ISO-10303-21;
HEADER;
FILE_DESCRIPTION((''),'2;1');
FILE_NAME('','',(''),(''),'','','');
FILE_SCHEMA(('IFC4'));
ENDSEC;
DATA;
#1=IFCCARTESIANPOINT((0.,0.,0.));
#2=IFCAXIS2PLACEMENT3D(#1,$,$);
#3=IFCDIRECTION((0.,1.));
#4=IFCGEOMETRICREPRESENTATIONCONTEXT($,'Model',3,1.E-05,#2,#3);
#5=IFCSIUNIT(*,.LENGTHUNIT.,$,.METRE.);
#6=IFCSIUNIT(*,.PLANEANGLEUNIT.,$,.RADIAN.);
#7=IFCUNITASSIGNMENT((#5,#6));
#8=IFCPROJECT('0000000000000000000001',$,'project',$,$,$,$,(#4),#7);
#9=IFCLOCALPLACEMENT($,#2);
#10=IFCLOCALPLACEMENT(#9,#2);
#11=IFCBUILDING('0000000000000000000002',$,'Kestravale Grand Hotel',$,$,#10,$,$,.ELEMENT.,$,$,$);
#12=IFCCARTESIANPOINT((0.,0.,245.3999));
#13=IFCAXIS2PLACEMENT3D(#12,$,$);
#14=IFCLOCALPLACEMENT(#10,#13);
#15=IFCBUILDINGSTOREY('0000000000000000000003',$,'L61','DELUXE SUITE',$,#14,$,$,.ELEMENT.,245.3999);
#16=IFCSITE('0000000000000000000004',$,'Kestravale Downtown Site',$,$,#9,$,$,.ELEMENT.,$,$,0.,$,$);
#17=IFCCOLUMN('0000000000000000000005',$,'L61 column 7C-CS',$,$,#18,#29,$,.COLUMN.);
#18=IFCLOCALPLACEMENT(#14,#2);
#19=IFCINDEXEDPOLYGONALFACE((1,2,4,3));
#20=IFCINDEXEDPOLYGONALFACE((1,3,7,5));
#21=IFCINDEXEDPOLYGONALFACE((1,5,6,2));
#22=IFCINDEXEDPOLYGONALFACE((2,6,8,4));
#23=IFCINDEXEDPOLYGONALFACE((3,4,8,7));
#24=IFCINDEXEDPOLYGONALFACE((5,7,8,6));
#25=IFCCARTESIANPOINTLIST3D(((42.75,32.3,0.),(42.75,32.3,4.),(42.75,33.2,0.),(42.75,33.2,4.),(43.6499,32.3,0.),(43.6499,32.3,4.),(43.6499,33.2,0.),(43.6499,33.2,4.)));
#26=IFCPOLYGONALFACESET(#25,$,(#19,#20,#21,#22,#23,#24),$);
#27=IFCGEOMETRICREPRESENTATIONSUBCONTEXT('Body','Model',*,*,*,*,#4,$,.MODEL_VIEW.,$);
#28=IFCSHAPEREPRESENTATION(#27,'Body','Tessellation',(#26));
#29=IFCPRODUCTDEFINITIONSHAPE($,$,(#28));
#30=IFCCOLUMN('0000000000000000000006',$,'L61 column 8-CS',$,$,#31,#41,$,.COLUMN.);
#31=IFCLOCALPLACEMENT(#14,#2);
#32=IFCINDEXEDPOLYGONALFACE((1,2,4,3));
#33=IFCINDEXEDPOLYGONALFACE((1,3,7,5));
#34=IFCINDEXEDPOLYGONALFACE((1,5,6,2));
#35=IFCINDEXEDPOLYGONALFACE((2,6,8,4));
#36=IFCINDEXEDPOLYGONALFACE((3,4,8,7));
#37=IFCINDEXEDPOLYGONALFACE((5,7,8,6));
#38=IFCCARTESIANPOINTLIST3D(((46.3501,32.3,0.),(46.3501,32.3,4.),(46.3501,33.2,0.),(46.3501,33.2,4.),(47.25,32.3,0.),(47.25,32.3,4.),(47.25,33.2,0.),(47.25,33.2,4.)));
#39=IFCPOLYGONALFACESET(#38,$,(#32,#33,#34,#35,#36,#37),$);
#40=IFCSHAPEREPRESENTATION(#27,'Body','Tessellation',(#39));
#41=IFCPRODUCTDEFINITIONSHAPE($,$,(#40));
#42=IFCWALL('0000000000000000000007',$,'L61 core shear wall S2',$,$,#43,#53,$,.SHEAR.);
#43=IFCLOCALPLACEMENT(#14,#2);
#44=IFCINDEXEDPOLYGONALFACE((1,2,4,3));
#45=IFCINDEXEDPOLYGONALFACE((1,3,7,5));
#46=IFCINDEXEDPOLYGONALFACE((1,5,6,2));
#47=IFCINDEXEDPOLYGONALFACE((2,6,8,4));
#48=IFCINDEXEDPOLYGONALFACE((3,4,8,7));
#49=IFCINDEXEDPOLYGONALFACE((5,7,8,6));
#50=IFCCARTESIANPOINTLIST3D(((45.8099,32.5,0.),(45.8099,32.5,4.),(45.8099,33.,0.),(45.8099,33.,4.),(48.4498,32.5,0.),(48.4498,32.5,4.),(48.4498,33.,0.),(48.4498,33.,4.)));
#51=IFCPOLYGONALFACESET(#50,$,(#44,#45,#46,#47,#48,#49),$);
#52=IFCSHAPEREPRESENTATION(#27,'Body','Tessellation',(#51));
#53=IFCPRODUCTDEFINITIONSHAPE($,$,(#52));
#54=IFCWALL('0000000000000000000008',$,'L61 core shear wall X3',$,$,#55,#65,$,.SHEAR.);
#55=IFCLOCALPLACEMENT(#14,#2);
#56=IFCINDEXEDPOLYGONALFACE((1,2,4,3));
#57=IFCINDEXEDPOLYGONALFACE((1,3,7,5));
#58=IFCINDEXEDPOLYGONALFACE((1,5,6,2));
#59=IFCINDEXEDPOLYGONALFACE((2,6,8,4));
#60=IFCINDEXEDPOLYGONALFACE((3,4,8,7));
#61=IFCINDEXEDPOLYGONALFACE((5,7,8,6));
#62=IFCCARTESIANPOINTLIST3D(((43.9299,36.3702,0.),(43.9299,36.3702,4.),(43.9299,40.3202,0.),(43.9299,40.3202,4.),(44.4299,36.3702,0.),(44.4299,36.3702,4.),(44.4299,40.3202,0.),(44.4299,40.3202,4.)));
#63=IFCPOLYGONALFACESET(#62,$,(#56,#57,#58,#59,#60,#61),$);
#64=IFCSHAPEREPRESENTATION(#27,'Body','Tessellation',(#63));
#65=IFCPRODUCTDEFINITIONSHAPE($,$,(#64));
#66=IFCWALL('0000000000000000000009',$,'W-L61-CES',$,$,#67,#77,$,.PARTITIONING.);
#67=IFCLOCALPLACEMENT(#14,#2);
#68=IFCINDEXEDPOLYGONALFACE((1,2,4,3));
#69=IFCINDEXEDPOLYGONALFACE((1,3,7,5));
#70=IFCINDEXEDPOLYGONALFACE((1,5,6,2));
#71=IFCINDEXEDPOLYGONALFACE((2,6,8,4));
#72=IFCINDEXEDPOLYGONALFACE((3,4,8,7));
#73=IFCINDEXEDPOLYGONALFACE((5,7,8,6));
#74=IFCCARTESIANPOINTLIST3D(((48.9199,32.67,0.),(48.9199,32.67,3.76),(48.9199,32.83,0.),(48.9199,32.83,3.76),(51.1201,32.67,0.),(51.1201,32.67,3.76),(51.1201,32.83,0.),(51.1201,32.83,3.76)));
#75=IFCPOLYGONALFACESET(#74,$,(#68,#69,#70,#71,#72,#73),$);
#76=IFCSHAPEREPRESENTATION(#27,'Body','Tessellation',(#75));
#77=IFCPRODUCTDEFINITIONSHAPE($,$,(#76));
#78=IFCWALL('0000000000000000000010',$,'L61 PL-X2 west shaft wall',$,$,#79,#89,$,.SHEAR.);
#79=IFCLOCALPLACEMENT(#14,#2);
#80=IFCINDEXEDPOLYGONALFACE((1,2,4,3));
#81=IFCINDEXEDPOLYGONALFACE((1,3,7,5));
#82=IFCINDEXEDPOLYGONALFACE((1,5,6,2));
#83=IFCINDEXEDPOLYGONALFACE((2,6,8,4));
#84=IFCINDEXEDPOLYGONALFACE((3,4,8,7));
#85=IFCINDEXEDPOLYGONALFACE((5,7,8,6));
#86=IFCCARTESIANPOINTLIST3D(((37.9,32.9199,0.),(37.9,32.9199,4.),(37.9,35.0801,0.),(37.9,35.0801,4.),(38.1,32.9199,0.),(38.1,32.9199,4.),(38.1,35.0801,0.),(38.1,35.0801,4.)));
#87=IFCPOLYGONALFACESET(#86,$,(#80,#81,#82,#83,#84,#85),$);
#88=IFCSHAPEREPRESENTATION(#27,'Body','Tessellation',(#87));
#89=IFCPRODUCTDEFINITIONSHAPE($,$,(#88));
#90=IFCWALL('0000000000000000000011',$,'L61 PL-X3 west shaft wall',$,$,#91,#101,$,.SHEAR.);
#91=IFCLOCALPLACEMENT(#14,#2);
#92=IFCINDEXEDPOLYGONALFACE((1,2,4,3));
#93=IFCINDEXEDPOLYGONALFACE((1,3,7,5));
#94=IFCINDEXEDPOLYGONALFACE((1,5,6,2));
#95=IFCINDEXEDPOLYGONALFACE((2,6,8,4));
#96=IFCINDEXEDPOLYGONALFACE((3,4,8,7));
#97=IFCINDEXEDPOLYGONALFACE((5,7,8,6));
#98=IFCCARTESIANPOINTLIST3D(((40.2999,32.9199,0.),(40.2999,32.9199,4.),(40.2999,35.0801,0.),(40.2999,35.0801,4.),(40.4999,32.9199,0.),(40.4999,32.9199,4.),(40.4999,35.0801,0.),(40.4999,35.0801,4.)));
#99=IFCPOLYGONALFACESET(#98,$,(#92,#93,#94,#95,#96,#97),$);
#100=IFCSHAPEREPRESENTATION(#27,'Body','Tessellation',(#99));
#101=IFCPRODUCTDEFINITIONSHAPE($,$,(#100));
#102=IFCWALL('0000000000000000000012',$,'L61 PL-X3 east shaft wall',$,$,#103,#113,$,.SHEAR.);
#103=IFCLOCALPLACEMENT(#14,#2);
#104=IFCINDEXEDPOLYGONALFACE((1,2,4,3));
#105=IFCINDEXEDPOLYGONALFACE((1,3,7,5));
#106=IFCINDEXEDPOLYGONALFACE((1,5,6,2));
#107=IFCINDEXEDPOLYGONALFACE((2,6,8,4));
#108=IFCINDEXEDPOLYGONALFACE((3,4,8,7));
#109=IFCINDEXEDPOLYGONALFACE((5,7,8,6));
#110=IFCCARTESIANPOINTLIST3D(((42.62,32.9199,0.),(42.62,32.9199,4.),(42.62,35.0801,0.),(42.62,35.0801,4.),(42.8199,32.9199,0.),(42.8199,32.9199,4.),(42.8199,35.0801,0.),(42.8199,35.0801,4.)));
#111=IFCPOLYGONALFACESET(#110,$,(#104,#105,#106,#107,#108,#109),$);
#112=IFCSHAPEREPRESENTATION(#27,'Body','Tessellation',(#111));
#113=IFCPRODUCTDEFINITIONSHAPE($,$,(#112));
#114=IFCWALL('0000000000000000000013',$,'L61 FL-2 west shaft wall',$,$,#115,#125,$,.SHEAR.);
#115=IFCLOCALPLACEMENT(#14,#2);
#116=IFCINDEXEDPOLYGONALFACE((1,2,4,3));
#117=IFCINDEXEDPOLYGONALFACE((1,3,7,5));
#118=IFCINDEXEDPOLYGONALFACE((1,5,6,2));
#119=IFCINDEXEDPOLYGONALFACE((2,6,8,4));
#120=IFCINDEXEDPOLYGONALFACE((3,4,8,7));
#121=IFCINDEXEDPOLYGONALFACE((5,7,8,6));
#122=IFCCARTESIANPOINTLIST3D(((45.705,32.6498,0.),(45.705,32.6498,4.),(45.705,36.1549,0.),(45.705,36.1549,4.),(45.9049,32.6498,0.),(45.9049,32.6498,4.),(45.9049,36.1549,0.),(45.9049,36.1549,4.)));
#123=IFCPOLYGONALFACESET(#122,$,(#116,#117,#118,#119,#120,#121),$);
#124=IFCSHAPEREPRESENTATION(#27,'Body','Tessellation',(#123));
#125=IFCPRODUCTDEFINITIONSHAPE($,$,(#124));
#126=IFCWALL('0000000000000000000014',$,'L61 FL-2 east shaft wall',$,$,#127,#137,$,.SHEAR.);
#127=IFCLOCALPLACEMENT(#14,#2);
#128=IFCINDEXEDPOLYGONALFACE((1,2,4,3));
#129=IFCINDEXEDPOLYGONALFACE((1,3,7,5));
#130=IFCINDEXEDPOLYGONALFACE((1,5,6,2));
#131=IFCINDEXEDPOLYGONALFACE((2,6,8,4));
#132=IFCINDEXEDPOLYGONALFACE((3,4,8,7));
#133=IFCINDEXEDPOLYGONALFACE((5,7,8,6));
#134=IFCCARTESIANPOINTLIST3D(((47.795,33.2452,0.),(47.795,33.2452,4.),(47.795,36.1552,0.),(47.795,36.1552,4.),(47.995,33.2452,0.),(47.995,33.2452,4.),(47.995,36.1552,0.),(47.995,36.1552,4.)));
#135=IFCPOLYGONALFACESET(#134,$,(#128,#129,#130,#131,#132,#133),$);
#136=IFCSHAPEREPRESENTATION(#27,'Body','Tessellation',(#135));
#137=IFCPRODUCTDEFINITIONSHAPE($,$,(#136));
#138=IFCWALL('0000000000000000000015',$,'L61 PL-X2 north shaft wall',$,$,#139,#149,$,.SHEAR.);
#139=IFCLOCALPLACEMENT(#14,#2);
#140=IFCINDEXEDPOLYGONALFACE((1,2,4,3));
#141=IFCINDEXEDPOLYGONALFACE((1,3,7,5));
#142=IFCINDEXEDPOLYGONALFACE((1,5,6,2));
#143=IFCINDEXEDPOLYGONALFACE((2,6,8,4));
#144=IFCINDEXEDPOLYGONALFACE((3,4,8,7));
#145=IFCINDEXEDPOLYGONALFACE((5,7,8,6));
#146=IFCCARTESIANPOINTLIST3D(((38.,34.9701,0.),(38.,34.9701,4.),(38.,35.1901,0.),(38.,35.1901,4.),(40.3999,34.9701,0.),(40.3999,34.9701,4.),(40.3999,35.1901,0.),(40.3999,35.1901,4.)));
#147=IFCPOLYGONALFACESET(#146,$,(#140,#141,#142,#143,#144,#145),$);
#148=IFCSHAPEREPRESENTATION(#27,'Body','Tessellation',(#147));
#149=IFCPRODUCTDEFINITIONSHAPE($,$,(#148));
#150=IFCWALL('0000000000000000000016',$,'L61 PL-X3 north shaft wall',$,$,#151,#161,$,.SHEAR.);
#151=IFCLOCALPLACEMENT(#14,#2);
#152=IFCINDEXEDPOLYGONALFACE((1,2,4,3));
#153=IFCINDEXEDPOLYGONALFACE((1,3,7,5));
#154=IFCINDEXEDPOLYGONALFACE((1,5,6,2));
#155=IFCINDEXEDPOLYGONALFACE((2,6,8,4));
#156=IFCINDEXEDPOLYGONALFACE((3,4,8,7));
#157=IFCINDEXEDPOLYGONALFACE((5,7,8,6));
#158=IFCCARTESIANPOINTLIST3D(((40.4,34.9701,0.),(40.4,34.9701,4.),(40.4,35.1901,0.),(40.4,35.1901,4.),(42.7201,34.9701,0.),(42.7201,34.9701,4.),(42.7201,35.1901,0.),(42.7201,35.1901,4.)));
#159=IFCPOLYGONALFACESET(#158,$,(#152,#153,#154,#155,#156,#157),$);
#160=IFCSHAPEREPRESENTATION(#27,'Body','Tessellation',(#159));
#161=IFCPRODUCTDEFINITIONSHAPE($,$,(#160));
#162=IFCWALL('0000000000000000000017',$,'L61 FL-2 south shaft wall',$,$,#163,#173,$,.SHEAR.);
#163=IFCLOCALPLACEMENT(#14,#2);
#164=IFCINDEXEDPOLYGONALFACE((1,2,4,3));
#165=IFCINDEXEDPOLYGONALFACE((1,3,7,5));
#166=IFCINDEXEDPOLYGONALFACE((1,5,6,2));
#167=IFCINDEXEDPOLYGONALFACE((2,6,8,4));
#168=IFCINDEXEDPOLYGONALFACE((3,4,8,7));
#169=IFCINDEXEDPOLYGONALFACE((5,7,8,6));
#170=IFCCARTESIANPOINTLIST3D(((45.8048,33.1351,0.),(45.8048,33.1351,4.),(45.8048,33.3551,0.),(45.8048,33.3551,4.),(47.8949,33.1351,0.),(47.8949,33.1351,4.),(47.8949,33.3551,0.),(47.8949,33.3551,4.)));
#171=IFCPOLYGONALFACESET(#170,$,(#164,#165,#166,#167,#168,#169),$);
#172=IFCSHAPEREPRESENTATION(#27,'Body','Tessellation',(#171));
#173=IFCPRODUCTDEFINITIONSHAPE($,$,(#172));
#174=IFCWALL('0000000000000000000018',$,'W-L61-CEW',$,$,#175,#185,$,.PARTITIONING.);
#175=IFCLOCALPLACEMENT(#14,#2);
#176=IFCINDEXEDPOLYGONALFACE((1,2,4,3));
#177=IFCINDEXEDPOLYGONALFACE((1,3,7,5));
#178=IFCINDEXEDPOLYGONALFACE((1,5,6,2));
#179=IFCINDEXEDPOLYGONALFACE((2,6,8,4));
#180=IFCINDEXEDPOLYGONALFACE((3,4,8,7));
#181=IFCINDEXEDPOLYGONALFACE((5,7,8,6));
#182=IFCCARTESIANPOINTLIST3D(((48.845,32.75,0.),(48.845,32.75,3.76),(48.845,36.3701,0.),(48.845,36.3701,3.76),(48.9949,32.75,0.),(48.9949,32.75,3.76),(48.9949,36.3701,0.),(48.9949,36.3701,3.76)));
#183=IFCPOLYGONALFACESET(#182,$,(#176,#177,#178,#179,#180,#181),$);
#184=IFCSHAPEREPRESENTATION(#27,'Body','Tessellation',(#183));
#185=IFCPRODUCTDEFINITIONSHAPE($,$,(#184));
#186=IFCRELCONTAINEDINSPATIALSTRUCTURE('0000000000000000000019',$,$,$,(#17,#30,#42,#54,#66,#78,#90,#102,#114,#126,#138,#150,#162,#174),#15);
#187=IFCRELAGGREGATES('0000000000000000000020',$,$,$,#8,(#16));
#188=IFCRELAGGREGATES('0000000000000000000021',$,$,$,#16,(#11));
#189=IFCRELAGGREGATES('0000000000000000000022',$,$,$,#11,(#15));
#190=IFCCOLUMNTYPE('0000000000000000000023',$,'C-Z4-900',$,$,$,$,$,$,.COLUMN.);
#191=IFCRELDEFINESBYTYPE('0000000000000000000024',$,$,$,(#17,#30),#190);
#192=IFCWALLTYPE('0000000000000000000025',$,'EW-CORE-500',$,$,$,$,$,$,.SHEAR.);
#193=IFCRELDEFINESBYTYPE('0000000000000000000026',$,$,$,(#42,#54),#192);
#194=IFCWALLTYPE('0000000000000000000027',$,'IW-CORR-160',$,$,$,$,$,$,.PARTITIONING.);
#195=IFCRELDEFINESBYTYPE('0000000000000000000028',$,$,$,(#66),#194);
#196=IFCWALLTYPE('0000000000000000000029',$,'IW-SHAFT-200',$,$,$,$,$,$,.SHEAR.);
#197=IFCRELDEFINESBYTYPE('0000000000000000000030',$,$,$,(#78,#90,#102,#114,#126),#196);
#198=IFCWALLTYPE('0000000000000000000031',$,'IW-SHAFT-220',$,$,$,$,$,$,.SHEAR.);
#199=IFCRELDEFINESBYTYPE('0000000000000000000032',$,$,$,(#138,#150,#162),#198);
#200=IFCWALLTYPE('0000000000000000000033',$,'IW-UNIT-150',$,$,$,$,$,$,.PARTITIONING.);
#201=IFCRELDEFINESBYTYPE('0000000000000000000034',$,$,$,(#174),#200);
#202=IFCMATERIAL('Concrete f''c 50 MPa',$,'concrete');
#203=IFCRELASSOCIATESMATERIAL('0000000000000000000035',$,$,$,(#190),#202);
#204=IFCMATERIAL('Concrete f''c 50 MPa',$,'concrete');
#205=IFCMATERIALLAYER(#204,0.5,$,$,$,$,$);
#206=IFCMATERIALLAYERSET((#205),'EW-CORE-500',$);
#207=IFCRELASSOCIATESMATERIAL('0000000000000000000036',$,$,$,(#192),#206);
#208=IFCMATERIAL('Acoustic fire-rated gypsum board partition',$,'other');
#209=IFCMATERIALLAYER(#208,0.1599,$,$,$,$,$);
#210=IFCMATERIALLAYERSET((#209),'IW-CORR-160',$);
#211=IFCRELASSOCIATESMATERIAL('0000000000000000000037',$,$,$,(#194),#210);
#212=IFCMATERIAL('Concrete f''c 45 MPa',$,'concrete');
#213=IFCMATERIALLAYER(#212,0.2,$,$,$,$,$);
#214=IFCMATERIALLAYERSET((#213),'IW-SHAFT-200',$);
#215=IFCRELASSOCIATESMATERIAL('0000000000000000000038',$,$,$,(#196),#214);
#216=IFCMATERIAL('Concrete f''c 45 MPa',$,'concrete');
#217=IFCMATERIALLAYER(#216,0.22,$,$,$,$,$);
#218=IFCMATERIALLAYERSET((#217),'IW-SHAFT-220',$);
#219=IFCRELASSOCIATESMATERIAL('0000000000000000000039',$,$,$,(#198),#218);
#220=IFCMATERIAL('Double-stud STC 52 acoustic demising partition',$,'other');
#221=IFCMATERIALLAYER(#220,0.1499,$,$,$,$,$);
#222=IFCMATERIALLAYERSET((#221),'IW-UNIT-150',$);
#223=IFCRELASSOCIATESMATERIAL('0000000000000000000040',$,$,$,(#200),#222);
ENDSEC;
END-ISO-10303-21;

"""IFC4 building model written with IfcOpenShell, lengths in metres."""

from ifc_helpers import new_model, si_unit, direction, frame, frame_2d, origin, origin_2d, place, context, subcontext, project, spatial, rectangle, extrude, material, layer, layer_set, material_profile, profile_set, type_object, element, save


model = new_model("IFC4")

# Units and contexts
model_context = context("Model", 3, precision=1e-05, world=origin(), true_north=direction((0.0, 1.0)))
body_context = subcontext(model_context, "Body", "Model", "MODEL_VIEW")
ifc_project = project(units=[si_unit("LENGTHUNIT", "METRE"), si_unit("PLANEANGLEUNIT", "RADIAN")], contexts=[model_context])

# Site, building, storey
site_placement = place(None, origin())
site = spatial("IfcSite", under=ifc_project, at=site_placement, Name="Kestravale Downtown Site", CompositionType="ELEMENT", RefElevation=0.0)
building_placement = place(site_placement, origin())
building = spatial("IfcBuilding", under=site, at=building_placement, Name="Kestravale Grand Hotel", CompositionType="ELEMENT")
storey_placement = place(building_placement, frame((0.0, 0.0, 245.3999)))
storey = spatial("IfcBuildingStorey", under=building, at=storey_placement, Name="L61", Description="DELUXE SUITE", CompositionType="ELEMENT", Elevation=245.3999)

# Columns
ifc_material_1 = material(Name="Concrete f'c 50 MPa", Category="concrete")
ifc_material_profile = material_profile(ifc_material_1, rectangle(XDim=0.8999, YDim=0.8999, at=origin_2d()))
ifc_profile_set = profile_set([ifc_material_profile], Name="Concrete f'c 50 MPa")
column_type = type_object("IfcColumnType", Name="C-Z4-900", PredefinedType="COLUMN", material=ifc_profile_set)
for number, where, z_axis, x_axis, name in (
    (1, (43.2, 32.75, 0.0), (0.0, 0.0, 1.0), (1.0, 0.0, 0.0), "L61 column 7C-CS"),
    (2, (46.8, 32.75, 0.0), (0.0, 0.0, 1.0), (1.0, 0.0, 0.0), "L61 column 8-CS"),
):
    element("IfcColumn", number, at=place(storey_placement, frame(where, z_axis=z_axis, x_axis=x_axis)), inside=storey, type_object=column_type, Name=name, PredefinedType="COLUMN", context=body_context, shape_type="SweptSolid", body=[
        extrude(rectangle(XDim=0.8999, YDim=0.8999, at=origin_2d()), origin(), (0.0, 0.0, 1.0), 4.0),
    ])

# Walls
ifc_material_2 = material(Name="Concrete f'c 50 MPa", Category="concrete")
ifc_layer_1 = layer(ifc_material_2, 0.5)
ifc_layer_set_1 = layer_set([ifc_layer_1], Name="EW-CORE-500")
wall_type_1 = type_object("IfcWallType", Name="EW-CORE-500", PredefinedType="SHEAR", material=ifc_layer_set_1)
wall_1_placement = place(storey_placement, frame((45.8101, 32.75, 0.0), z_axis=(0.0, 0.0, 1.0), x_axis=(1.0, 0.0, 0.0)))
element("IfcWall", 3, at=wall_1_placement, inside=storey, type_object=wall_type_1, Name="L61 core shear wall S2", PredefinedType="SHEAR", context=body_context, shape_type="SweptSolid", body=[
    extrude(rectangle(XDim=2.6399, YDim=0.5, at=frame_2d((1.3198, 0.0))), origin(), (0.0, 0.0, 1.0), 4.0),
])
wall_2_placement = place(storey_placement, frame((44.1799, 36.3701, 0.0), z_axis=(0.0, 0.0, 1.0), x_axis=(0.0, 1.0, 0.0)))
element("IfcWall", 4, at=wall_2_placement, inside=storey, type_object=wall_type_1, Name="L61 core shear wall X3", PredefinedType="SHEAR", context=body_context, shape_type="SweptSolid", body=[
    extrude(rectangle(XDim=3.95, YDim=0.5, at=frame_2d((1.9751, 0.0))), origin(), (0.0, 0.0, 1.0), 4.0),
])

# Wall
ifc_material_3 = material(Name="Acoustic fire-rated gypsum board partition", Category="other")
ifc_layer_2 = layer(ifc_material_3, 0.1599)
ifc_layer_set_2 = layer_set([ifc_layer_2], Name="IW-CORR-160")
wall_type_2 = type_object("IfcWallType", Name="IW-CORR-160", PredefinedType="PARTITIONING", material=ifc_layer_set_2)
wall_3_placement = place(storey_placement, frame((48.9199, 32.75, 0.0), z_axis=(0.0, 0.0, 1.0), x_axis=(1.0, 0.0, 0.0)))
element("IfcWall", 5, at=wall_3_placement, inside=storey, type_object=wall_type_2, Name="W-L61-CES", PredefinedType="PARTITIONING", context=body_context, shape_type="SweptSolid", body=[
    extrude(rectangle(XDim=2.2002, YDim=0.1599, at=frame_2d((1.1001, 0.0))), origin(), (0.0, 0.0, 1.0), 3.76),
])

# Walls
ifc_material_4 = material(Name="Concrete f'c 45 MPa", Category="concrete")
ifc_layer_3 = layer(ifc_material_4, 0.2)
ifc_layer_set_3 = layer_set([ifc_layer_3], Name="IW-SHAFT-200")
wall_type_3 = type_object("IfcWallType", Name="IW-SHAFT-200", PredefinedType="SHEAR", material=ifc_layer_set_3)
for number, where, z_axis, x_axis, name in (
    (6, (38.0, 32.9199, 0.0), (0.0, 0.0, 1.0), (0.0, 1.0, 0.0), "L61 PL-X2 west shaft wall"),
    (7, (40.3999, 32.9199, 0.0), (0.0, 0.0, 1.0), (0.0, 1.0, 0.0), "L61 PL-X3 west shaft wall"),
    (8, (42.72, 32.9199, 0.0), (0.0, 0.0, 1.0), (0.0, 1.0, 0.0), "L61 PL-X3 east shaft wall"),
):
    element("IfcWall", number, at=place(storey_placement, frame(where, z_axis=z_axis, x_axis=x_axis)), inside=storey, type_object=wall_type_3, Name=name, PredefinedType="SHEAR", context=body_context, shape_type="SweptSolid", body=[
        extrude(rectangle(XDim=2.1602, YDim=0.2, at=frame_2d((1.0801, 0.0))), origin(), (0.0, 0.0, 1.0), 4.0),
    ])
wall_4_placement = place(storey_placement, frame((45.8049, 32.6499, 0.0), z_axis=(0.0, 0.0, 1.0), x_axis=(0.0, 1.0, 0.0)))
element("IfcWall", 9, at=wall_4_placement, inside=storey, type_object=wall_type_3, Name="L61 FL-2 west shaft wall", PredefinedType="SHEAR", context=body_context, shape_type="SweptSolid", body=[
    extrude(rectangle(XDim=3.5051, YDim=0.2, at=frame_2d((1.7524, 0.0))), origin(), (0.0, 0.0, 1.0), 4.0),
])
wall_5_placement = place(storey_placement, frame((47.895, 33.2451, 0.0), z_axis=(0.0, 0.0, 1.0), x_axis=(0.0, 1.0, 0.0)))
element("IfcWall", 10, at=wall_5_placement, inside=storey, type_object=wall_type_3, Name="L61 FL-2 east shaft wall", PredefinedType="SHEAR", context=body_context, shape_type="SweptSolid", body=[
    extrude(rectangle(XDim=2.9099, YDim=0.2, at=frame_2d((1.4551, 0.0))), origin(), (0.0, 0.0, 1.0), 4.0),
])
ifc_material_5 = material(Name="Concrete f'c 45 MPa", Category="concrete")
ifc_layer_4 = layer(ifc_material_5, 0.22)
ifc_layer_set_4 = layer_set([ifc_layer_4], Name="IW-SHAFT-220")
wall_type_4 = type_object("IfcWallType", Name="IW-SHAFT-220", PredefinedType="SHEAR", material=ifc_layer_set_4)
wall_6_placement = place(storey_placement, frame((38.0, 35.0801, 0.0), z_axis=(0.0, 0.0, 1.0), x_axis=(1.0, 0.0, 0.0)))
element("IfcWall", 11, at=wall_6_placement, inside=storey, type_object=wall_type_4, Name="L61 PL-X2 north shaft wall", PredefinedType="SHEAR", context=body_context, shape_type="SweptSolid", body=[
    extrude(rectangle(XDim=2.3999, YDim=0.22, at=frame_2d((1.2, 0.0))), origin(), (0.0, 0.0, 1.0), 4.0),
])

# Wall
wall_7_placement = place(storey_placement, frame((40.3999, 35.0801, 0.0), z_axis=(0.0, 0.0, 1.0), x_axis=(1.0, 0.0, 0.0)))
element("IfcWall", 12, at=wall_7_placement, inside=storey, type_object=wall_type_4, Name="L61 PL-X3 north shaft wall", PredefinedType="SHEAR", context=body_context, shape_type="SweptSolid", body=[
    extrude(rectangle(XDim=2.3201, YDim=0.22, at=frame_2d((1.1602, 0.0))), origin(), (0.0, 0.0, 1.0), 4.0),
])

# Walls
wall_8_placement = place(storey_placement, frame((45.8049, 33.2451, 0.0), z_axis=(0.0, 0.0, 1.0), x_axis=(1.0, 0.0, 0.0)))
element("IfcWall", 13, at=wall_8_placement, inside=storey, type_object=wall_type_4, Name="L61 FL-2 south shaft wall", PredefinedType="SHEAR", context=body_context, shape_type="SweptSolid", body=[
    extrude(rectangle(XDim=2.0901, YDim=0.22, at=frame_2d((1.0449, 0.0))), origin(), (0.0, 0.0, 1.0), 4.0),
])
ifc_material_6 = material(Name="Double-stud STC 52 acoustic demising partition", Category="other")
ifc_layer_5 = layer(ifc_material_6, 0.1499)
ifc_layer_set_5 = layer_set([ifc_layer_5], Name="IW-UNIT-150")
wall_type_5 = type_object("IfcWallType", Name="IW-UNIT-150", PredefinedType="PARTITIONING", material=ifc_layer_set_5)
wall_9_placement = place(storey_placement, frame((48.9199, 32.75, 0.0), z_axis=(0.0, 0.0, 1.0), x_axis=(0.0, 1.0, 0.0)))
element("IfcWall", 14, at=wall_9_placement, inside=storey, type_object=wall_type_5, Name="W-L61-CEW", PredefinedType="PARTITIONING", context=body_context, shape_type="SweptSolid", body=[
    extrude(rectangle(XDim=3.6201, YDim=0.1499, at=frame_2d((1.8101, 0.0))), origin(), (0.0, 0.0, 1.0), 3.76),
])

save(model, "model.ifc")
